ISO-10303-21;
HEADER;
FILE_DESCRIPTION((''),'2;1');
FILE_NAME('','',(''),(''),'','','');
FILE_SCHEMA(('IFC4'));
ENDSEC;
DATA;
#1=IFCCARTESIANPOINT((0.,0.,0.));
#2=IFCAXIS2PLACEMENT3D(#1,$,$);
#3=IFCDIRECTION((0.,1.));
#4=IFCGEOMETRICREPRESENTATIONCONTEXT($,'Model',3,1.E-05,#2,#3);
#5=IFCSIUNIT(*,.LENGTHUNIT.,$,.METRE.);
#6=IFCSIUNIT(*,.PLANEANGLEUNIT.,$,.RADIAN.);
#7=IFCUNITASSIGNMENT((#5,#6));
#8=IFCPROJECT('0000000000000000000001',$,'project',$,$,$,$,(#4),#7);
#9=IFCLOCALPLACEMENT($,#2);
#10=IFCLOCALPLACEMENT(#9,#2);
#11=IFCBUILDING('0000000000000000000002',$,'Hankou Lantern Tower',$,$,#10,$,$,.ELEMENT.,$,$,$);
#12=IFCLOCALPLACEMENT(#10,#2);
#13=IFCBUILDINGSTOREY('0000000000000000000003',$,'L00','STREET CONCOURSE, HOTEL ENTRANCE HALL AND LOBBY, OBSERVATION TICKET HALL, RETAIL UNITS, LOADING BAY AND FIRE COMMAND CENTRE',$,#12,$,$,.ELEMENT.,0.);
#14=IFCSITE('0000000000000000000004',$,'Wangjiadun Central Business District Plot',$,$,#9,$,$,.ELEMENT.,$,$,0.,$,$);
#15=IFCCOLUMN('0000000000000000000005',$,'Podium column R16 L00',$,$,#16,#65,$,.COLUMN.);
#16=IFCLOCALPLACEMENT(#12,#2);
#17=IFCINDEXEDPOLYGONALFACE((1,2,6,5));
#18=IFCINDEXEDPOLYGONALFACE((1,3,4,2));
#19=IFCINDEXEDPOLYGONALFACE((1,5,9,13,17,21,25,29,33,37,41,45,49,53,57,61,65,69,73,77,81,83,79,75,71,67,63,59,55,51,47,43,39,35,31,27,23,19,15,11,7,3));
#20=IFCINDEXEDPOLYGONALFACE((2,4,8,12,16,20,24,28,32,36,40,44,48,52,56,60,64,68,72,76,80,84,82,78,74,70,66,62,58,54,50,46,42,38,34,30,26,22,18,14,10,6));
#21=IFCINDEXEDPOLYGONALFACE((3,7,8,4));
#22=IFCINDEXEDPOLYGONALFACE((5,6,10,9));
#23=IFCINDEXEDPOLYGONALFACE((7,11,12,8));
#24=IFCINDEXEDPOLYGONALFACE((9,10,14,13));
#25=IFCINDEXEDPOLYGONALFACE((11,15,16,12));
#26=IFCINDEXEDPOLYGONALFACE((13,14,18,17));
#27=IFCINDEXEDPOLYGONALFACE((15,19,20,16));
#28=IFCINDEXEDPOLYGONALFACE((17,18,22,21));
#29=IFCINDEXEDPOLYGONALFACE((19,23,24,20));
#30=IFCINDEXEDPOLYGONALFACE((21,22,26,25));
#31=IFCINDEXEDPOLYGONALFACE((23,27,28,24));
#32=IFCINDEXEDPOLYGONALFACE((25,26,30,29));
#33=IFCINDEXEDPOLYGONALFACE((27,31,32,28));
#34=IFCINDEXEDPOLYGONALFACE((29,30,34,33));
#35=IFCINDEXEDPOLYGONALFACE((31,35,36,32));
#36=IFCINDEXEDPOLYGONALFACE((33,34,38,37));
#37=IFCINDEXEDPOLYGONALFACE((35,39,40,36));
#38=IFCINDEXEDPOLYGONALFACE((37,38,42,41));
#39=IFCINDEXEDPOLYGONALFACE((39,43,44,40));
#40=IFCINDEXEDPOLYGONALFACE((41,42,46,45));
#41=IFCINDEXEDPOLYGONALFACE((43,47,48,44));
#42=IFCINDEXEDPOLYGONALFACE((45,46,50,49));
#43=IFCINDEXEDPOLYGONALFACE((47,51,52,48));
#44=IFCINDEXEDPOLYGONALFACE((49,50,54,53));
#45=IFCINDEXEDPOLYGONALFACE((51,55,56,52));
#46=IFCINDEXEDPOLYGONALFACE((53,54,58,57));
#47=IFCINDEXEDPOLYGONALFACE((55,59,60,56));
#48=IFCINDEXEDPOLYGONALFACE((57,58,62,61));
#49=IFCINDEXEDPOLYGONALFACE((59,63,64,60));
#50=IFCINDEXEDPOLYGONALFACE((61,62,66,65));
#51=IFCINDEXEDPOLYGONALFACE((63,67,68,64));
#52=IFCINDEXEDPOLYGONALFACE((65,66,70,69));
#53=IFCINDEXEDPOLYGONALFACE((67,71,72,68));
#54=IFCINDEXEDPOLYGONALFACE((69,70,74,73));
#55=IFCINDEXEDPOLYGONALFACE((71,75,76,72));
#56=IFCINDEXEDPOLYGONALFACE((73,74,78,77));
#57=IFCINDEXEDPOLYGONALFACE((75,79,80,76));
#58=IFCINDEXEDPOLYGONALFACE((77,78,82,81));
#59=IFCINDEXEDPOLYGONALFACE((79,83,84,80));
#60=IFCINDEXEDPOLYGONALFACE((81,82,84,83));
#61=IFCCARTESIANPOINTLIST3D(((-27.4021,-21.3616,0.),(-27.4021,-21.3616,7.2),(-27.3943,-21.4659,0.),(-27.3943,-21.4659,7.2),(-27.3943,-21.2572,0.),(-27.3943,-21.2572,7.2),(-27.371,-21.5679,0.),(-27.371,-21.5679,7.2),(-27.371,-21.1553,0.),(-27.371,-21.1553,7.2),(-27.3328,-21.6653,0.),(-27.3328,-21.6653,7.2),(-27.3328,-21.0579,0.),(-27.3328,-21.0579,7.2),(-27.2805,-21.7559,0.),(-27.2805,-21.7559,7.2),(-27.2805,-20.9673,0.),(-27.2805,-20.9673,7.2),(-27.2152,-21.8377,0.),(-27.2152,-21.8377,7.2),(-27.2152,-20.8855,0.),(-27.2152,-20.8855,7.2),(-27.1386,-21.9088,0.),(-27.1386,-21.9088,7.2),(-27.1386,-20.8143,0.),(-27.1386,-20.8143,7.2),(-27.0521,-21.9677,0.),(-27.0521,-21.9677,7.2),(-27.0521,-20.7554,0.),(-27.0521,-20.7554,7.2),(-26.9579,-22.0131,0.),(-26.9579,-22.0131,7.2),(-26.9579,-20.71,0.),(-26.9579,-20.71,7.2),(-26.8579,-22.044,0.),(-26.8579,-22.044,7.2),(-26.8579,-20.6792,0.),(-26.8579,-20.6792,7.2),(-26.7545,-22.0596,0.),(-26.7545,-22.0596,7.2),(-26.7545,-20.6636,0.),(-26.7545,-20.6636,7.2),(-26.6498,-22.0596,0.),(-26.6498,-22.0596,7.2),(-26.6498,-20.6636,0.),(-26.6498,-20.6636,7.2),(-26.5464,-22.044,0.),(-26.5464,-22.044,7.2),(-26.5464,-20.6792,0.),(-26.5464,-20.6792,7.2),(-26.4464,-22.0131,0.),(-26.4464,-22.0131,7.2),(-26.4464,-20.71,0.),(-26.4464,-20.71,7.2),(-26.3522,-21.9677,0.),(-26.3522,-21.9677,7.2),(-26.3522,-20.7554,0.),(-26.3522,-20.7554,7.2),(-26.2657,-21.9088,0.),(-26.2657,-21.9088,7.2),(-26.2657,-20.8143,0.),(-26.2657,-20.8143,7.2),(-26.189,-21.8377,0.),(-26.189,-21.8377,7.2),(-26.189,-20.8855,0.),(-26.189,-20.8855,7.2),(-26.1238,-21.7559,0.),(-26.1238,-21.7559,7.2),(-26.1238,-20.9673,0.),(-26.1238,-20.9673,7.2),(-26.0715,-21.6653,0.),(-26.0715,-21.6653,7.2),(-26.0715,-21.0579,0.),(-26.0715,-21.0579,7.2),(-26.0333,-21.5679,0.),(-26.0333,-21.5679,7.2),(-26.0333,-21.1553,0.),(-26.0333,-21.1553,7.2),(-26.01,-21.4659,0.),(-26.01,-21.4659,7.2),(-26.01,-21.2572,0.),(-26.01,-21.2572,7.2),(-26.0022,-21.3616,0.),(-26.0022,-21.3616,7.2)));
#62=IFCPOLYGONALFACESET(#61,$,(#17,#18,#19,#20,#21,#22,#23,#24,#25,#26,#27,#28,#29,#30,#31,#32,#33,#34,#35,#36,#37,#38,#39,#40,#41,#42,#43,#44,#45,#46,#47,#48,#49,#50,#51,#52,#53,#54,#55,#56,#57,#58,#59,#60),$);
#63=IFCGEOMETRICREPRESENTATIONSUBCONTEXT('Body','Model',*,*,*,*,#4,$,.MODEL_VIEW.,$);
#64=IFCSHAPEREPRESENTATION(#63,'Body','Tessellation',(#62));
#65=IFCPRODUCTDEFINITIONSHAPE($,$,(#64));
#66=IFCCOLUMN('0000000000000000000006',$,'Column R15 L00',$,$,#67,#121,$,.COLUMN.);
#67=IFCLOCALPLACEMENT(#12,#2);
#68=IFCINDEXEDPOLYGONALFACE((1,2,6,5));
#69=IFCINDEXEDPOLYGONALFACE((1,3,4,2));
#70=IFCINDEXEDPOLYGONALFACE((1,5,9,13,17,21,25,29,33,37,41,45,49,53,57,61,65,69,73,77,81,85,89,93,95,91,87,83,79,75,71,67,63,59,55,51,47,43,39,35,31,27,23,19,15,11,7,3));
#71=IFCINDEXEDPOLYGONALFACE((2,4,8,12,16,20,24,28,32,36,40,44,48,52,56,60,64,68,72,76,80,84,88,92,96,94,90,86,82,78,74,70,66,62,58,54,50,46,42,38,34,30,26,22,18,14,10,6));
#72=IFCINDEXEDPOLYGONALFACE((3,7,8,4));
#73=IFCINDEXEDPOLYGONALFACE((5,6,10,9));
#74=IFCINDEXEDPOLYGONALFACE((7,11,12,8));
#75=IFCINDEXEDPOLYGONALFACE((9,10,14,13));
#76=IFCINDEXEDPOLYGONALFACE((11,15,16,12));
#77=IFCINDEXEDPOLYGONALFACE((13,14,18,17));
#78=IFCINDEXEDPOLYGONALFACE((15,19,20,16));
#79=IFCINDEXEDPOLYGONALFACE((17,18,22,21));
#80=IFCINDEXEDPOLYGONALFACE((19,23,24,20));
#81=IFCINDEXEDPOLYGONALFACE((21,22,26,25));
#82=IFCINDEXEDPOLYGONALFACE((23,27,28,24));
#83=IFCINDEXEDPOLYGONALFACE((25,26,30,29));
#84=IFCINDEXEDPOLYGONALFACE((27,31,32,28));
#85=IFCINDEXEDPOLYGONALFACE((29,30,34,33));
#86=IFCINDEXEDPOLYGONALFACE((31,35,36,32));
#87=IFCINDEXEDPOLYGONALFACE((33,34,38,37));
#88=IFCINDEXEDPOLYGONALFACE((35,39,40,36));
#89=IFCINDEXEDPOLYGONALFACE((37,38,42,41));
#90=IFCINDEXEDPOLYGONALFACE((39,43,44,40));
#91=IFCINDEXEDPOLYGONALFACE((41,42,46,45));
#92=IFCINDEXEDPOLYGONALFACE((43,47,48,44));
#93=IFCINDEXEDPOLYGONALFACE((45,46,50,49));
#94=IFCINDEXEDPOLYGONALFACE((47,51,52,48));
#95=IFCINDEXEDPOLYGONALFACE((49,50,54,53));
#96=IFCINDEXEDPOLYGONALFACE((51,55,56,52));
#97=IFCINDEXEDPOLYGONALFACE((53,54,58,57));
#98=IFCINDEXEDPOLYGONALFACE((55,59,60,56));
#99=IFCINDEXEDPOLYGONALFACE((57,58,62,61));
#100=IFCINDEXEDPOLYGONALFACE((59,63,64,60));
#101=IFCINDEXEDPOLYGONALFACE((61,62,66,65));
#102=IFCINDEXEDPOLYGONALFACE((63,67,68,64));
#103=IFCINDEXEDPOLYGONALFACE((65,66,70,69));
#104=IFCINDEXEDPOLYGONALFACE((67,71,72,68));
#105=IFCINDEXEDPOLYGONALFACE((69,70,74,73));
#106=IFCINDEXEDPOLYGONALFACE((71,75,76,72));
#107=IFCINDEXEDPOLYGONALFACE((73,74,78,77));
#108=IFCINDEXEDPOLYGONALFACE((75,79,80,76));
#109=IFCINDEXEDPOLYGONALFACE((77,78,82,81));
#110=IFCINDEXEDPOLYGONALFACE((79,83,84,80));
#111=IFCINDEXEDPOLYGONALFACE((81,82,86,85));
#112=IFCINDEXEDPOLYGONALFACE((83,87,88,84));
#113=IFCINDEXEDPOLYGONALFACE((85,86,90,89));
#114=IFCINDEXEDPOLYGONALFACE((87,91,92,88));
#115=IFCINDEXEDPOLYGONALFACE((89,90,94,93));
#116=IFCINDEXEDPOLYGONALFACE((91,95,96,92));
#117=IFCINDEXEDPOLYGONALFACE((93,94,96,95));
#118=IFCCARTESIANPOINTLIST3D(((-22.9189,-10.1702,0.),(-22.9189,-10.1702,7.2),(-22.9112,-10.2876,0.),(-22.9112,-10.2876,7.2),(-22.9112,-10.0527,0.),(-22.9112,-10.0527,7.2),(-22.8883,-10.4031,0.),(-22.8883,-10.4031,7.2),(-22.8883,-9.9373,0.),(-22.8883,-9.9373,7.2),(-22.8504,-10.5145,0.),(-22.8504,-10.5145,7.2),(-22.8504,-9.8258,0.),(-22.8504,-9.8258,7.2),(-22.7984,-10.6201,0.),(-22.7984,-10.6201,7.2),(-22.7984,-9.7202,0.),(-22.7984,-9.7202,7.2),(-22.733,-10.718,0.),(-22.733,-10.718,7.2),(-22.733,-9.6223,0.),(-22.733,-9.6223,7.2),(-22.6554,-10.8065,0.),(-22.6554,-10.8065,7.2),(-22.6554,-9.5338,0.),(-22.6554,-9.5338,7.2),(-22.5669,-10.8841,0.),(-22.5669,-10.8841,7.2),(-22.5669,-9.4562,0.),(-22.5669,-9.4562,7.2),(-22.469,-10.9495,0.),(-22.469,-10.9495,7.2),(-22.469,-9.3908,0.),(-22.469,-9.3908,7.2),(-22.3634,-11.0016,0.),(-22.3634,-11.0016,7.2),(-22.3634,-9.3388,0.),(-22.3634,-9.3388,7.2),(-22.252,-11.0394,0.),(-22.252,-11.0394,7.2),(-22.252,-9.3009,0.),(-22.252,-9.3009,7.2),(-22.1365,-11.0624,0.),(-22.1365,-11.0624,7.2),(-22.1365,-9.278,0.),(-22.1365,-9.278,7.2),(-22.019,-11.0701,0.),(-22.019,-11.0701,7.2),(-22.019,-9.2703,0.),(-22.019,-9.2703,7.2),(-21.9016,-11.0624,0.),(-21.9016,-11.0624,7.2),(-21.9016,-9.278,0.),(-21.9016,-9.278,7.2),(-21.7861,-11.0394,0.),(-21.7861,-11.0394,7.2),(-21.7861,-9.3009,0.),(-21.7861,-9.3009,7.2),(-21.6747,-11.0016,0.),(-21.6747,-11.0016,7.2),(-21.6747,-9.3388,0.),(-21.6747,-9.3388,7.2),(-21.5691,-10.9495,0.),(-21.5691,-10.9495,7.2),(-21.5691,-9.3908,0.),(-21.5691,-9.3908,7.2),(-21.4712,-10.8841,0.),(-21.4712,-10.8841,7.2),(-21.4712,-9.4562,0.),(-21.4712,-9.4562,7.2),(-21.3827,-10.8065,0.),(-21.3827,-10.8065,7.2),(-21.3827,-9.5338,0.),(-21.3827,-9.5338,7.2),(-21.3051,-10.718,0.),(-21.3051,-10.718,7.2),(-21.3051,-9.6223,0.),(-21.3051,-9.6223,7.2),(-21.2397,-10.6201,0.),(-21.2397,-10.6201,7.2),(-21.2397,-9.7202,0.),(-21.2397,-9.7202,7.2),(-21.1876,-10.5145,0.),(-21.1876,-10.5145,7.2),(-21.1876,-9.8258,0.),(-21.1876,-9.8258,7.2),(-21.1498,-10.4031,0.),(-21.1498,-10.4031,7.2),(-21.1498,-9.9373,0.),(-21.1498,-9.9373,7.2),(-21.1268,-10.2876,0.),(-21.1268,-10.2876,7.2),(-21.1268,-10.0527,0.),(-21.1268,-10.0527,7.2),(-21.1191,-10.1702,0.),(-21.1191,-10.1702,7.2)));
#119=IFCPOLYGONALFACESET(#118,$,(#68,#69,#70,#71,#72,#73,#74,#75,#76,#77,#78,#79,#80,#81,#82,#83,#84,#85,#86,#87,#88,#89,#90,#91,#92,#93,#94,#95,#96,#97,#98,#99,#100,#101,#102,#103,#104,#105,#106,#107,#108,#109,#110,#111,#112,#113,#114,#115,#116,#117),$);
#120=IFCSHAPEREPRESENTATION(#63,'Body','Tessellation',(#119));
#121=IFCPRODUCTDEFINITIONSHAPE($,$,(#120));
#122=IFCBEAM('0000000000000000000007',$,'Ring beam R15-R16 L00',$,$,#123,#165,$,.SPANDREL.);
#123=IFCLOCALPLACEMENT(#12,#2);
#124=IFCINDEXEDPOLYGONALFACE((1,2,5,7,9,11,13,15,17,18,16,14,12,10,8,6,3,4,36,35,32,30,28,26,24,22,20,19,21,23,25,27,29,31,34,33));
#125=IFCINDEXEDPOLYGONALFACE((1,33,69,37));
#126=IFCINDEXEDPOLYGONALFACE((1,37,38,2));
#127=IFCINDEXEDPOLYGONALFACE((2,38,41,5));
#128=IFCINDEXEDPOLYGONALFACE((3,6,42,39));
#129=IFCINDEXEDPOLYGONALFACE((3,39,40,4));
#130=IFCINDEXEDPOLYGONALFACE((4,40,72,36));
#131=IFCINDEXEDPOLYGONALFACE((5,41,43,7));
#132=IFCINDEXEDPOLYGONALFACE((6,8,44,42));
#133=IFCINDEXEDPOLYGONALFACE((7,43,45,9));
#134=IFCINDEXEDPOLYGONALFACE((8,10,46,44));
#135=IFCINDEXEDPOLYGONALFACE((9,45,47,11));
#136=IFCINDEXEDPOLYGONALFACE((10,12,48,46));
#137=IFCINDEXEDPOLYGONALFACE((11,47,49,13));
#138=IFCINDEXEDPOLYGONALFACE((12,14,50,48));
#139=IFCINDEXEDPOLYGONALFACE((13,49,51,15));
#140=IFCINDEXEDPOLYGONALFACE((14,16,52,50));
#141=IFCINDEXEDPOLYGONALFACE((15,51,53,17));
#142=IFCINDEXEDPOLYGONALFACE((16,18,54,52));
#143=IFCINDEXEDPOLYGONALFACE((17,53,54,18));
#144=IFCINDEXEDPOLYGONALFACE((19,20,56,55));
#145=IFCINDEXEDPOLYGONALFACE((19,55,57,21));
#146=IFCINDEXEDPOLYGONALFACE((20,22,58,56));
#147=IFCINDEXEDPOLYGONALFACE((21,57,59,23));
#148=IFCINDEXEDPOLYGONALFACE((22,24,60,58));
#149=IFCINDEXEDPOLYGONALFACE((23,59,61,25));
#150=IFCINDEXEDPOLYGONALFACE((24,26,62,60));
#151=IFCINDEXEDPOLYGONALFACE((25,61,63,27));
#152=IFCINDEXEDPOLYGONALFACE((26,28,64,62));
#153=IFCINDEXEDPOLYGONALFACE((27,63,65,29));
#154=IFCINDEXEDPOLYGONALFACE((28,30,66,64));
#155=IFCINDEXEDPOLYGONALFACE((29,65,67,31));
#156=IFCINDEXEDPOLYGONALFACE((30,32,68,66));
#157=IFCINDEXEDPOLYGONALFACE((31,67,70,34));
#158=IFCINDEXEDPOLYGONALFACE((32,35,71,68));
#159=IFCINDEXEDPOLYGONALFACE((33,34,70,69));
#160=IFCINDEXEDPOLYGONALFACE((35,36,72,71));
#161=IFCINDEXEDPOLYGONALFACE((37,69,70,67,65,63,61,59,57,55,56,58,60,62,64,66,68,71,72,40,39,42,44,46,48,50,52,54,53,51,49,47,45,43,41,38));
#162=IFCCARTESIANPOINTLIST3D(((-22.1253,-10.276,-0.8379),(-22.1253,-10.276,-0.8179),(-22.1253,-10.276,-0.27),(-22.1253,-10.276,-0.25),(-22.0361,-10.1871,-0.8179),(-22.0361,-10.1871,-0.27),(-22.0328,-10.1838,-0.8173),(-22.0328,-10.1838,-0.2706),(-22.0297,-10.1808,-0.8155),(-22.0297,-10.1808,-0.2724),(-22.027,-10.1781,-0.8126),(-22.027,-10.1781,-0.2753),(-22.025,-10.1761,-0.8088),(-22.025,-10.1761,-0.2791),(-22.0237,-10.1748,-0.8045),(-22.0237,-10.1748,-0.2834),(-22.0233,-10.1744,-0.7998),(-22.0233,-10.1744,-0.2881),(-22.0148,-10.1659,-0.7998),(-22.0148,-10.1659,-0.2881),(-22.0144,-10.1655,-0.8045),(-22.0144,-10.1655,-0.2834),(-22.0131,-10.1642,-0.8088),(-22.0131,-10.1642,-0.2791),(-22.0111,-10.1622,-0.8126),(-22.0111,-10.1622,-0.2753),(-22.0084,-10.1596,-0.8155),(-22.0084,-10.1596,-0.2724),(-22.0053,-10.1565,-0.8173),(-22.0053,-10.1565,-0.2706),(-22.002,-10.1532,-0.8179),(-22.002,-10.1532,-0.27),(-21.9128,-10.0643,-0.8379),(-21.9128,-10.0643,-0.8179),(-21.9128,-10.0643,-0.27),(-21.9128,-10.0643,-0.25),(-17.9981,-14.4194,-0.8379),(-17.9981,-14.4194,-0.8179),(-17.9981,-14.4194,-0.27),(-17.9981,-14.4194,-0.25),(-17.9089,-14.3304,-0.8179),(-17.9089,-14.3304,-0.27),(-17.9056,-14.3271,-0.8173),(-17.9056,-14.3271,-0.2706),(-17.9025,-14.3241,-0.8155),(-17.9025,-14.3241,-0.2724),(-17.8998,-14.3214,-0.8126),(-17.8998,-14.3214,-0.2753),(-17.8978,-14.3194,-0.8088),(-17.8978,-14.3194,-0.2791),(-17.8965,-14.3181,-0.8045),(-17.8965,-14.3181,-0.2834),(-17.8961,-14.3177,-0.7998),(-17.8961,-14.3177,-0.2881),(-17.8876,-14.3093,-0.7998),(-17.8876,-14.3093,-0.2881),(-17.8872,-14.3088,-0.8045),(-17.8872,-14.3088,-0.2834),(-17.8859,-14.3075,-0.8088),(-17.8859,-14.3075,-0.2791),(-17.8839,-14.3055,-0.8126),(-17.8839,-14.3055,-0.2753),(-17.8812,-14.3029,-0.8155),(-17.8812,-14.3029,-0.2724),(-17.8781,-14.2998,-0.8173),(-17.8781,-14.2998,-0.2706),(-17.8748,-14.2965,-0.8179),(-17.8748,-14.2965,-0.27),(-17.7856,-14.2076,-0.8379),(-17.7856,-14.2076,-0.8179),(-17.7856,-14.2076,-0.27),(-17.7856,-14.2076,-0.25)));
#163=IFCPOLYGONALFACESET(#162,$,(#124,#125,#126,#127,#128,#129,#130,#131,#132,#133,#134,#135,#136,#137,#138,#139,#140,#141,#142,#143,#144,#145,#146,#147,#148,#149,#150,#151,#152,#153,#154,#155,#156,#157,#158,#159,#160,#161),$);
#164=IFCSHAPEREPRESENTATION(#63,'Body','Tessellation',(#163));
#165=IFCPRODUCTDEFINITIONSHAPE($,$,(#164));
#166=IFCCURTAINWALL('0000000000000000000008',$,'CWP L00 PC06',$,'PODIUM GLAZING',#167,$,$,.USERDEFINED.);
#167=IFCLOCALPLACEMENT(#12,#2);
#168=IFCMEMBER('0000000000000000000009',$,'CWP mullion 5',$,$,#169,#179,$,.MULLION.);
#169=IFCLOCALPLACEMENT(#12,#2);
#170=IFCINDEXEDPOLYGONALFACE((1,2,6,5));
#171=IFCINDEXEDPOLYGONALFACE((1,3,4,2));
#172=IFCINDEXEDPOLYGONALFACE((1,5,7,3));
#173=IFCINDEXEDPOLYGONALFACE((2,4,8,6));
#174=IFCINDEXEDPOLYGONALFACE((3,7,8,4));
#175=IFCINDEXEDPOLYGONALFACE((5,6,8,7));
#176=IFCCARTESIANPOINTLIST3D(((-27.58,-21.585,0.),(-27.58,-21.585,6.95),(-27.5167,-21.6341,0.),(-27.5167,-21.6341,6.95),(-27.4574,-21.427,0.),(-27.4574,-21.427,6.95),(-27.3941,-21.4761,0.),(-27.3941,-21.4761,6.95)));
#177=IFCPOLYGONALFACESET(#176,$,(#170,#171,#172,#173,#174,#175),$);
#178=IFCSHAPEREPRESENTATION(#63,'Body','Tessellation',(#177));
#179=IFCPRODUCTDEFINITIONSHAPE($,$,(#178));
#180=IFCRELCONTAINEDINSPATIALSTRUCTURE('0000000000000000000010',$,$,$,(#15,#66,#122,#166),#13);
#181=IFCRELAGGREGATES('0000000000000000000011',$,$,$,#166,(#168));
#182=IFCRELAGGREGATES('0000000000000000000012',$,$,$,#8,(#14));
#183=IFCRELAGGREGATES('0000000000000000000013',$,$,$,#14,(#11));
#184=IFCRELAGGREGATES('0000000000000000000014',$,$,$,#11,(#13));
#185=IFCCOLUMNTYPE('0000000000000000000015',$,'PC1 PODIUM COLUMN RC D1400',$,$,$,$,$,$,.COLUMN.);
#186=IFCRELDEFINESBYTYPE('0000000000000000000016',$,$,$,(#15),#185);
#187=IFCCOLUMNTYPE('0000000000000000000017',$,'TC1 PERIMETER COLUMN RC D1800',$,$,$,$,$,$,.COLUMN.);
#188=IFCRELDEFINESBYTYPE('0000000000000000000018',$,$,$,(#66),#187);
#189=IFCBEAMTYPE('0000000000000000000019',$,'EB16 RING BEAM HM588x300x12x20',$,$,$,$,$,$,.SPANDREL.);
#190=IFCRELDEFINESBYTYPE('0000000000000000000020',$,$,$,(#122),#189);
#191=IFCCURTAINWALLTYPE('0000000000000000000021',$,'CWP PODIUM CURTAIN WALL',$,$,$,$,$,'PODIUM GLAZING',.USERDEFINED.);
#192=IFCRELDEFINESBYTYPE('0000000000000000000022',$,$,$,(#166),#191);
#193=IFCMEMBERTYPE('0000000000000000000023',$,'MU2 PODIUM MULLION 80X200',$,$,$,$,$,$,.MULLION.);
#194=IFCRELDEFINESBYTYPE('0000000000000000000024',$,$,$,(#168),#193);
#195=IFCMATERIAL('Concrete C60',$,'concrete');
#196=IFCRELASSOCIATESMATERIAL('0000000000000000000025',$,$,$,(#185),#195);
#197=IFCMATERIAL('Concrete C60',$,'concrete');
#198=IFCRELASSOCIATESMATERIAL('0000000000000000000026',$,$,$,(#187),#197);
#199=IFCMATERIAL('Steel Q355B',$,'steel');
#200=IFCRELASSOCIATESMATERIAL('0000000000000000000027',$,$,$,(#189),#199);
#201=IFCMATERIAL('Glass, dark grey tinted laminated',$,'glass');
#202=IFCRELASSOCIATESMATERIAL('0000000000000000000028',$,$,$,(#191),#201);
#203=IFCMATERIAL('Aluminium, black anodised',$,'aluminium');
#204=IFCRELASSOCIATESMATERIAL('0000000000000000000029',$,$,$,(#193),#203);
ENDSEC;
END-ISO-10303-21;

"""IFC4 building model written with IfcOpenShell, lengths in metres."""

from ifc_helpers import new_model, si_unit, direction, frame, origin, origin_2d, place, context, subcontext, project, spatial, rectangle, circle, i_section, extrude, material, material_profile, profile_set, type_object, element, aggregate, save


model = new_model("IFC4")

# Units and contexts
model_context = context("Model", 3, precision=1e-05, world=origin(), true_north=direction((0.0, 1.0)))
body_context = subcontext(model_context, "Body", "Model", "MODEL_VIEW")
ifc_project = project(units=[si_unit("LENGTHUNIT", "METRE"), si_unit("PLANEANGLEUNIT", "RADIAN")], contexts=[model_context])

# Site, building, storey
site_placement = place(None, origin())
site = spatial("IfcSite", under=ifc_project, at=site_placement, Name="Wangjiadun Central Business District Plot", CompositionType="ELEMENT", RefElevation=0.0)
building_placement = place(site_placement, origin())
building = spatial("IfcBuilding", under=site, at=building_placement, Name="Hankou Lantern Tower", CompositionType="ELEMENT")
storey_placement = place(building_placement, origin())
storey = spatial("IfcBuildingStorey", under=building, at=storey_placement, Name="L00", Description="STREET CONCOURSE, HOTEL ENTRANCE HALL AND LOBBY, OBSERVATION TICKET HALL, RETAIL UNITS, LOADING BAY AND FIRE COMMAND CENTRE", CompositionType="ELEMENT", Elevation=0.0)

# Columns
ifc_material_1 = material(Name="Concrete C60", Category="concrete")
ifc_material_profile_1 = material_profile(ifc_material_1, circle(Radius=0.7, at=origin_2d()), Name="RC D1400")
ifc_profile_set_1 = profile_set([ifc_material_profile_1], Name="Concrete C60")
column_type_1 = type_object("IfcColumnType", Name="PC1 PODIUM COLUMN RC D1400", PredefinedType="COLUMN", material=ifc_profile_set_1)
column_1_placement = place(storey_placement, frame((-26.7021, -21.3616, 0.0), z_axis=(0.0, 0.0, 1.0), x_axis=(1.0, 0.0, 0.0)))
element("IfcColumn", 1, at=column_1_placement, inside=storey, type_object=column_type_1, Name="Podium column R16 L00", PredefinedType="COLUMN", context=body_context, shape_type="SweptSolid", body=[
    extrude(circle(Radius=0.7, at=origin_2d()), origin(), (0.0, 0.0, 1.0), 7.2),
])
ifc_material_2 = material(Name="Concrete C60", Category="concrete")
ifc_material_profile_2 = material_profile(ifc_material_2, circle(Radius=0.8999, at=origin_2d()), Name="RC D1800")
ifc_profile_set_2 = profile_set([ifc_material_profile_2], Name="Concrete C60")
column_type_2 = type_object("IfcColumnType", Name="TC1 PERIMETER COLUMN RC D1800", PredefinedType="COLUMN", material=ifc_profile_set_2)
column_2_placement = place(storey_placement, frame((-22.019, -10.1702, 0.0), z_axis=(0.0, 0.0, 1.0), x_axis=(1.0, 0.0, 0.0)))
element("IfcColumn", 2, at=column_2_placement, inside=storey, type_object=column_type_2, Name="Column R15 L00", PredefinedType="COLUMN", context=body_context, shape_type="SweptSolid", body=[
    extrude(circle(Radius=0.8999, at=origin_2d()), origin(), (0.0, 0.0, 1.0), 7.2),
])

# Beam
ifc_material_3 = material(Name="Steel Q355B", Category="steel")
ifc_material_profile_3 = material_profile(ifc_material_3, i_section(OverallWidth=0.3, OverallDepth=0.5879, WebThickness=0.012, FlangeThickness=0.02, FilletRadius=0.0181, at=origin_2d()), Name="HM588x300x12x20")
ifc_profile_set_3 = profile_set([ifc_material_profile_3], Name="Steel Q355B")
beam_type_1 = type_object("IfcBeamType", Name="EB16 RING BEAM HM588x300x12x20", PredefinedType="SPANDREL", material=ifc_profile_set_3)
beam_1_placement = place(storey_placement, frame((-22.019, -10.1702, -0.5439), z_axis=(0.705728, -0.708483, 0.0), x_axis=(0.708483, 0.705728, 0.0)))
element("IfcBeam", 3, at=beam_1_placement, inside=storey, type_object=beam_type_1, Name="Ring beam R15-R16 L00", PredefinedType="SPANDREL", context=body_context, shape_type="SweptSolid", body=[
    extrude(i_section(OverallWidth=0.3, OverallDepth=0.5879, WebThickness=0.012, FlangeThickness=0.02, FilletRadius=0.0181, at=origin_2d()), origin(), (0.0, 0.0, 1.0), 5.8481),
])

# Curtain wall, member
ifc_material_4 = material(Name="Glass, dark grey tinted laminated", Category="glass")
curtain_wall_type = type_object("IfcCurtainWallType", Name="CWP PODIUM CURTAIN WALL", ElementType="PODIUM GLAZING", PredefinedType="USERDEFINED", material=ifc_material_4)
curtain_wall_placement = place(storey_placement, origin())
curtain_wall = element("IfcCurtainWall", 4, at=curtain_wall_placement, inside=storey, type_object=curtain_wall_type, Name="CWP L00 PC06", ObjectType="PODIUM GLAZING", PredefinedType="USERDEFINED")
ifc_material_5 = material(Name="Aluminium, black anodised", Category="aluminium")
ifc_material_profile_4 = material_profile(ifc_material_5, rectangle(XDim=0.0801, YDim=0.2, at=origin_2d()), Name="MU2 80X200")
ifc_profile_set_4 = profile_set([ifc_material_profile_4], Name="Aluminium, black anodised")
member_type = type_object("IfcMemberType", Name="MU2 PODIUM MULLION 80X200", PredefinedType="MULLION", material=ifc_profile_set_4)
member_placement = place(storey_placement, frame((-27.4871, -21.5305, 0.0), z_axis=(0.0, 0.0, 1.0), x_axis=(0.79013, -0.61294, 0.0)))
member = element("IfcMember", 5, at=member_placement, type_object=member_type, Name="CWP mullion 5", PredefinedType="MULLION", context=body_context, shape_type="SweptSolid", body=[
    extrude(rectangle(XDim=0.0801, YDim=0.2, at=origin_2d()), origin(), (0.0, 0.0, 1.0), 6.95),
])

aggregate(curtain_wall, [member])

save(model, "model.ifc")
